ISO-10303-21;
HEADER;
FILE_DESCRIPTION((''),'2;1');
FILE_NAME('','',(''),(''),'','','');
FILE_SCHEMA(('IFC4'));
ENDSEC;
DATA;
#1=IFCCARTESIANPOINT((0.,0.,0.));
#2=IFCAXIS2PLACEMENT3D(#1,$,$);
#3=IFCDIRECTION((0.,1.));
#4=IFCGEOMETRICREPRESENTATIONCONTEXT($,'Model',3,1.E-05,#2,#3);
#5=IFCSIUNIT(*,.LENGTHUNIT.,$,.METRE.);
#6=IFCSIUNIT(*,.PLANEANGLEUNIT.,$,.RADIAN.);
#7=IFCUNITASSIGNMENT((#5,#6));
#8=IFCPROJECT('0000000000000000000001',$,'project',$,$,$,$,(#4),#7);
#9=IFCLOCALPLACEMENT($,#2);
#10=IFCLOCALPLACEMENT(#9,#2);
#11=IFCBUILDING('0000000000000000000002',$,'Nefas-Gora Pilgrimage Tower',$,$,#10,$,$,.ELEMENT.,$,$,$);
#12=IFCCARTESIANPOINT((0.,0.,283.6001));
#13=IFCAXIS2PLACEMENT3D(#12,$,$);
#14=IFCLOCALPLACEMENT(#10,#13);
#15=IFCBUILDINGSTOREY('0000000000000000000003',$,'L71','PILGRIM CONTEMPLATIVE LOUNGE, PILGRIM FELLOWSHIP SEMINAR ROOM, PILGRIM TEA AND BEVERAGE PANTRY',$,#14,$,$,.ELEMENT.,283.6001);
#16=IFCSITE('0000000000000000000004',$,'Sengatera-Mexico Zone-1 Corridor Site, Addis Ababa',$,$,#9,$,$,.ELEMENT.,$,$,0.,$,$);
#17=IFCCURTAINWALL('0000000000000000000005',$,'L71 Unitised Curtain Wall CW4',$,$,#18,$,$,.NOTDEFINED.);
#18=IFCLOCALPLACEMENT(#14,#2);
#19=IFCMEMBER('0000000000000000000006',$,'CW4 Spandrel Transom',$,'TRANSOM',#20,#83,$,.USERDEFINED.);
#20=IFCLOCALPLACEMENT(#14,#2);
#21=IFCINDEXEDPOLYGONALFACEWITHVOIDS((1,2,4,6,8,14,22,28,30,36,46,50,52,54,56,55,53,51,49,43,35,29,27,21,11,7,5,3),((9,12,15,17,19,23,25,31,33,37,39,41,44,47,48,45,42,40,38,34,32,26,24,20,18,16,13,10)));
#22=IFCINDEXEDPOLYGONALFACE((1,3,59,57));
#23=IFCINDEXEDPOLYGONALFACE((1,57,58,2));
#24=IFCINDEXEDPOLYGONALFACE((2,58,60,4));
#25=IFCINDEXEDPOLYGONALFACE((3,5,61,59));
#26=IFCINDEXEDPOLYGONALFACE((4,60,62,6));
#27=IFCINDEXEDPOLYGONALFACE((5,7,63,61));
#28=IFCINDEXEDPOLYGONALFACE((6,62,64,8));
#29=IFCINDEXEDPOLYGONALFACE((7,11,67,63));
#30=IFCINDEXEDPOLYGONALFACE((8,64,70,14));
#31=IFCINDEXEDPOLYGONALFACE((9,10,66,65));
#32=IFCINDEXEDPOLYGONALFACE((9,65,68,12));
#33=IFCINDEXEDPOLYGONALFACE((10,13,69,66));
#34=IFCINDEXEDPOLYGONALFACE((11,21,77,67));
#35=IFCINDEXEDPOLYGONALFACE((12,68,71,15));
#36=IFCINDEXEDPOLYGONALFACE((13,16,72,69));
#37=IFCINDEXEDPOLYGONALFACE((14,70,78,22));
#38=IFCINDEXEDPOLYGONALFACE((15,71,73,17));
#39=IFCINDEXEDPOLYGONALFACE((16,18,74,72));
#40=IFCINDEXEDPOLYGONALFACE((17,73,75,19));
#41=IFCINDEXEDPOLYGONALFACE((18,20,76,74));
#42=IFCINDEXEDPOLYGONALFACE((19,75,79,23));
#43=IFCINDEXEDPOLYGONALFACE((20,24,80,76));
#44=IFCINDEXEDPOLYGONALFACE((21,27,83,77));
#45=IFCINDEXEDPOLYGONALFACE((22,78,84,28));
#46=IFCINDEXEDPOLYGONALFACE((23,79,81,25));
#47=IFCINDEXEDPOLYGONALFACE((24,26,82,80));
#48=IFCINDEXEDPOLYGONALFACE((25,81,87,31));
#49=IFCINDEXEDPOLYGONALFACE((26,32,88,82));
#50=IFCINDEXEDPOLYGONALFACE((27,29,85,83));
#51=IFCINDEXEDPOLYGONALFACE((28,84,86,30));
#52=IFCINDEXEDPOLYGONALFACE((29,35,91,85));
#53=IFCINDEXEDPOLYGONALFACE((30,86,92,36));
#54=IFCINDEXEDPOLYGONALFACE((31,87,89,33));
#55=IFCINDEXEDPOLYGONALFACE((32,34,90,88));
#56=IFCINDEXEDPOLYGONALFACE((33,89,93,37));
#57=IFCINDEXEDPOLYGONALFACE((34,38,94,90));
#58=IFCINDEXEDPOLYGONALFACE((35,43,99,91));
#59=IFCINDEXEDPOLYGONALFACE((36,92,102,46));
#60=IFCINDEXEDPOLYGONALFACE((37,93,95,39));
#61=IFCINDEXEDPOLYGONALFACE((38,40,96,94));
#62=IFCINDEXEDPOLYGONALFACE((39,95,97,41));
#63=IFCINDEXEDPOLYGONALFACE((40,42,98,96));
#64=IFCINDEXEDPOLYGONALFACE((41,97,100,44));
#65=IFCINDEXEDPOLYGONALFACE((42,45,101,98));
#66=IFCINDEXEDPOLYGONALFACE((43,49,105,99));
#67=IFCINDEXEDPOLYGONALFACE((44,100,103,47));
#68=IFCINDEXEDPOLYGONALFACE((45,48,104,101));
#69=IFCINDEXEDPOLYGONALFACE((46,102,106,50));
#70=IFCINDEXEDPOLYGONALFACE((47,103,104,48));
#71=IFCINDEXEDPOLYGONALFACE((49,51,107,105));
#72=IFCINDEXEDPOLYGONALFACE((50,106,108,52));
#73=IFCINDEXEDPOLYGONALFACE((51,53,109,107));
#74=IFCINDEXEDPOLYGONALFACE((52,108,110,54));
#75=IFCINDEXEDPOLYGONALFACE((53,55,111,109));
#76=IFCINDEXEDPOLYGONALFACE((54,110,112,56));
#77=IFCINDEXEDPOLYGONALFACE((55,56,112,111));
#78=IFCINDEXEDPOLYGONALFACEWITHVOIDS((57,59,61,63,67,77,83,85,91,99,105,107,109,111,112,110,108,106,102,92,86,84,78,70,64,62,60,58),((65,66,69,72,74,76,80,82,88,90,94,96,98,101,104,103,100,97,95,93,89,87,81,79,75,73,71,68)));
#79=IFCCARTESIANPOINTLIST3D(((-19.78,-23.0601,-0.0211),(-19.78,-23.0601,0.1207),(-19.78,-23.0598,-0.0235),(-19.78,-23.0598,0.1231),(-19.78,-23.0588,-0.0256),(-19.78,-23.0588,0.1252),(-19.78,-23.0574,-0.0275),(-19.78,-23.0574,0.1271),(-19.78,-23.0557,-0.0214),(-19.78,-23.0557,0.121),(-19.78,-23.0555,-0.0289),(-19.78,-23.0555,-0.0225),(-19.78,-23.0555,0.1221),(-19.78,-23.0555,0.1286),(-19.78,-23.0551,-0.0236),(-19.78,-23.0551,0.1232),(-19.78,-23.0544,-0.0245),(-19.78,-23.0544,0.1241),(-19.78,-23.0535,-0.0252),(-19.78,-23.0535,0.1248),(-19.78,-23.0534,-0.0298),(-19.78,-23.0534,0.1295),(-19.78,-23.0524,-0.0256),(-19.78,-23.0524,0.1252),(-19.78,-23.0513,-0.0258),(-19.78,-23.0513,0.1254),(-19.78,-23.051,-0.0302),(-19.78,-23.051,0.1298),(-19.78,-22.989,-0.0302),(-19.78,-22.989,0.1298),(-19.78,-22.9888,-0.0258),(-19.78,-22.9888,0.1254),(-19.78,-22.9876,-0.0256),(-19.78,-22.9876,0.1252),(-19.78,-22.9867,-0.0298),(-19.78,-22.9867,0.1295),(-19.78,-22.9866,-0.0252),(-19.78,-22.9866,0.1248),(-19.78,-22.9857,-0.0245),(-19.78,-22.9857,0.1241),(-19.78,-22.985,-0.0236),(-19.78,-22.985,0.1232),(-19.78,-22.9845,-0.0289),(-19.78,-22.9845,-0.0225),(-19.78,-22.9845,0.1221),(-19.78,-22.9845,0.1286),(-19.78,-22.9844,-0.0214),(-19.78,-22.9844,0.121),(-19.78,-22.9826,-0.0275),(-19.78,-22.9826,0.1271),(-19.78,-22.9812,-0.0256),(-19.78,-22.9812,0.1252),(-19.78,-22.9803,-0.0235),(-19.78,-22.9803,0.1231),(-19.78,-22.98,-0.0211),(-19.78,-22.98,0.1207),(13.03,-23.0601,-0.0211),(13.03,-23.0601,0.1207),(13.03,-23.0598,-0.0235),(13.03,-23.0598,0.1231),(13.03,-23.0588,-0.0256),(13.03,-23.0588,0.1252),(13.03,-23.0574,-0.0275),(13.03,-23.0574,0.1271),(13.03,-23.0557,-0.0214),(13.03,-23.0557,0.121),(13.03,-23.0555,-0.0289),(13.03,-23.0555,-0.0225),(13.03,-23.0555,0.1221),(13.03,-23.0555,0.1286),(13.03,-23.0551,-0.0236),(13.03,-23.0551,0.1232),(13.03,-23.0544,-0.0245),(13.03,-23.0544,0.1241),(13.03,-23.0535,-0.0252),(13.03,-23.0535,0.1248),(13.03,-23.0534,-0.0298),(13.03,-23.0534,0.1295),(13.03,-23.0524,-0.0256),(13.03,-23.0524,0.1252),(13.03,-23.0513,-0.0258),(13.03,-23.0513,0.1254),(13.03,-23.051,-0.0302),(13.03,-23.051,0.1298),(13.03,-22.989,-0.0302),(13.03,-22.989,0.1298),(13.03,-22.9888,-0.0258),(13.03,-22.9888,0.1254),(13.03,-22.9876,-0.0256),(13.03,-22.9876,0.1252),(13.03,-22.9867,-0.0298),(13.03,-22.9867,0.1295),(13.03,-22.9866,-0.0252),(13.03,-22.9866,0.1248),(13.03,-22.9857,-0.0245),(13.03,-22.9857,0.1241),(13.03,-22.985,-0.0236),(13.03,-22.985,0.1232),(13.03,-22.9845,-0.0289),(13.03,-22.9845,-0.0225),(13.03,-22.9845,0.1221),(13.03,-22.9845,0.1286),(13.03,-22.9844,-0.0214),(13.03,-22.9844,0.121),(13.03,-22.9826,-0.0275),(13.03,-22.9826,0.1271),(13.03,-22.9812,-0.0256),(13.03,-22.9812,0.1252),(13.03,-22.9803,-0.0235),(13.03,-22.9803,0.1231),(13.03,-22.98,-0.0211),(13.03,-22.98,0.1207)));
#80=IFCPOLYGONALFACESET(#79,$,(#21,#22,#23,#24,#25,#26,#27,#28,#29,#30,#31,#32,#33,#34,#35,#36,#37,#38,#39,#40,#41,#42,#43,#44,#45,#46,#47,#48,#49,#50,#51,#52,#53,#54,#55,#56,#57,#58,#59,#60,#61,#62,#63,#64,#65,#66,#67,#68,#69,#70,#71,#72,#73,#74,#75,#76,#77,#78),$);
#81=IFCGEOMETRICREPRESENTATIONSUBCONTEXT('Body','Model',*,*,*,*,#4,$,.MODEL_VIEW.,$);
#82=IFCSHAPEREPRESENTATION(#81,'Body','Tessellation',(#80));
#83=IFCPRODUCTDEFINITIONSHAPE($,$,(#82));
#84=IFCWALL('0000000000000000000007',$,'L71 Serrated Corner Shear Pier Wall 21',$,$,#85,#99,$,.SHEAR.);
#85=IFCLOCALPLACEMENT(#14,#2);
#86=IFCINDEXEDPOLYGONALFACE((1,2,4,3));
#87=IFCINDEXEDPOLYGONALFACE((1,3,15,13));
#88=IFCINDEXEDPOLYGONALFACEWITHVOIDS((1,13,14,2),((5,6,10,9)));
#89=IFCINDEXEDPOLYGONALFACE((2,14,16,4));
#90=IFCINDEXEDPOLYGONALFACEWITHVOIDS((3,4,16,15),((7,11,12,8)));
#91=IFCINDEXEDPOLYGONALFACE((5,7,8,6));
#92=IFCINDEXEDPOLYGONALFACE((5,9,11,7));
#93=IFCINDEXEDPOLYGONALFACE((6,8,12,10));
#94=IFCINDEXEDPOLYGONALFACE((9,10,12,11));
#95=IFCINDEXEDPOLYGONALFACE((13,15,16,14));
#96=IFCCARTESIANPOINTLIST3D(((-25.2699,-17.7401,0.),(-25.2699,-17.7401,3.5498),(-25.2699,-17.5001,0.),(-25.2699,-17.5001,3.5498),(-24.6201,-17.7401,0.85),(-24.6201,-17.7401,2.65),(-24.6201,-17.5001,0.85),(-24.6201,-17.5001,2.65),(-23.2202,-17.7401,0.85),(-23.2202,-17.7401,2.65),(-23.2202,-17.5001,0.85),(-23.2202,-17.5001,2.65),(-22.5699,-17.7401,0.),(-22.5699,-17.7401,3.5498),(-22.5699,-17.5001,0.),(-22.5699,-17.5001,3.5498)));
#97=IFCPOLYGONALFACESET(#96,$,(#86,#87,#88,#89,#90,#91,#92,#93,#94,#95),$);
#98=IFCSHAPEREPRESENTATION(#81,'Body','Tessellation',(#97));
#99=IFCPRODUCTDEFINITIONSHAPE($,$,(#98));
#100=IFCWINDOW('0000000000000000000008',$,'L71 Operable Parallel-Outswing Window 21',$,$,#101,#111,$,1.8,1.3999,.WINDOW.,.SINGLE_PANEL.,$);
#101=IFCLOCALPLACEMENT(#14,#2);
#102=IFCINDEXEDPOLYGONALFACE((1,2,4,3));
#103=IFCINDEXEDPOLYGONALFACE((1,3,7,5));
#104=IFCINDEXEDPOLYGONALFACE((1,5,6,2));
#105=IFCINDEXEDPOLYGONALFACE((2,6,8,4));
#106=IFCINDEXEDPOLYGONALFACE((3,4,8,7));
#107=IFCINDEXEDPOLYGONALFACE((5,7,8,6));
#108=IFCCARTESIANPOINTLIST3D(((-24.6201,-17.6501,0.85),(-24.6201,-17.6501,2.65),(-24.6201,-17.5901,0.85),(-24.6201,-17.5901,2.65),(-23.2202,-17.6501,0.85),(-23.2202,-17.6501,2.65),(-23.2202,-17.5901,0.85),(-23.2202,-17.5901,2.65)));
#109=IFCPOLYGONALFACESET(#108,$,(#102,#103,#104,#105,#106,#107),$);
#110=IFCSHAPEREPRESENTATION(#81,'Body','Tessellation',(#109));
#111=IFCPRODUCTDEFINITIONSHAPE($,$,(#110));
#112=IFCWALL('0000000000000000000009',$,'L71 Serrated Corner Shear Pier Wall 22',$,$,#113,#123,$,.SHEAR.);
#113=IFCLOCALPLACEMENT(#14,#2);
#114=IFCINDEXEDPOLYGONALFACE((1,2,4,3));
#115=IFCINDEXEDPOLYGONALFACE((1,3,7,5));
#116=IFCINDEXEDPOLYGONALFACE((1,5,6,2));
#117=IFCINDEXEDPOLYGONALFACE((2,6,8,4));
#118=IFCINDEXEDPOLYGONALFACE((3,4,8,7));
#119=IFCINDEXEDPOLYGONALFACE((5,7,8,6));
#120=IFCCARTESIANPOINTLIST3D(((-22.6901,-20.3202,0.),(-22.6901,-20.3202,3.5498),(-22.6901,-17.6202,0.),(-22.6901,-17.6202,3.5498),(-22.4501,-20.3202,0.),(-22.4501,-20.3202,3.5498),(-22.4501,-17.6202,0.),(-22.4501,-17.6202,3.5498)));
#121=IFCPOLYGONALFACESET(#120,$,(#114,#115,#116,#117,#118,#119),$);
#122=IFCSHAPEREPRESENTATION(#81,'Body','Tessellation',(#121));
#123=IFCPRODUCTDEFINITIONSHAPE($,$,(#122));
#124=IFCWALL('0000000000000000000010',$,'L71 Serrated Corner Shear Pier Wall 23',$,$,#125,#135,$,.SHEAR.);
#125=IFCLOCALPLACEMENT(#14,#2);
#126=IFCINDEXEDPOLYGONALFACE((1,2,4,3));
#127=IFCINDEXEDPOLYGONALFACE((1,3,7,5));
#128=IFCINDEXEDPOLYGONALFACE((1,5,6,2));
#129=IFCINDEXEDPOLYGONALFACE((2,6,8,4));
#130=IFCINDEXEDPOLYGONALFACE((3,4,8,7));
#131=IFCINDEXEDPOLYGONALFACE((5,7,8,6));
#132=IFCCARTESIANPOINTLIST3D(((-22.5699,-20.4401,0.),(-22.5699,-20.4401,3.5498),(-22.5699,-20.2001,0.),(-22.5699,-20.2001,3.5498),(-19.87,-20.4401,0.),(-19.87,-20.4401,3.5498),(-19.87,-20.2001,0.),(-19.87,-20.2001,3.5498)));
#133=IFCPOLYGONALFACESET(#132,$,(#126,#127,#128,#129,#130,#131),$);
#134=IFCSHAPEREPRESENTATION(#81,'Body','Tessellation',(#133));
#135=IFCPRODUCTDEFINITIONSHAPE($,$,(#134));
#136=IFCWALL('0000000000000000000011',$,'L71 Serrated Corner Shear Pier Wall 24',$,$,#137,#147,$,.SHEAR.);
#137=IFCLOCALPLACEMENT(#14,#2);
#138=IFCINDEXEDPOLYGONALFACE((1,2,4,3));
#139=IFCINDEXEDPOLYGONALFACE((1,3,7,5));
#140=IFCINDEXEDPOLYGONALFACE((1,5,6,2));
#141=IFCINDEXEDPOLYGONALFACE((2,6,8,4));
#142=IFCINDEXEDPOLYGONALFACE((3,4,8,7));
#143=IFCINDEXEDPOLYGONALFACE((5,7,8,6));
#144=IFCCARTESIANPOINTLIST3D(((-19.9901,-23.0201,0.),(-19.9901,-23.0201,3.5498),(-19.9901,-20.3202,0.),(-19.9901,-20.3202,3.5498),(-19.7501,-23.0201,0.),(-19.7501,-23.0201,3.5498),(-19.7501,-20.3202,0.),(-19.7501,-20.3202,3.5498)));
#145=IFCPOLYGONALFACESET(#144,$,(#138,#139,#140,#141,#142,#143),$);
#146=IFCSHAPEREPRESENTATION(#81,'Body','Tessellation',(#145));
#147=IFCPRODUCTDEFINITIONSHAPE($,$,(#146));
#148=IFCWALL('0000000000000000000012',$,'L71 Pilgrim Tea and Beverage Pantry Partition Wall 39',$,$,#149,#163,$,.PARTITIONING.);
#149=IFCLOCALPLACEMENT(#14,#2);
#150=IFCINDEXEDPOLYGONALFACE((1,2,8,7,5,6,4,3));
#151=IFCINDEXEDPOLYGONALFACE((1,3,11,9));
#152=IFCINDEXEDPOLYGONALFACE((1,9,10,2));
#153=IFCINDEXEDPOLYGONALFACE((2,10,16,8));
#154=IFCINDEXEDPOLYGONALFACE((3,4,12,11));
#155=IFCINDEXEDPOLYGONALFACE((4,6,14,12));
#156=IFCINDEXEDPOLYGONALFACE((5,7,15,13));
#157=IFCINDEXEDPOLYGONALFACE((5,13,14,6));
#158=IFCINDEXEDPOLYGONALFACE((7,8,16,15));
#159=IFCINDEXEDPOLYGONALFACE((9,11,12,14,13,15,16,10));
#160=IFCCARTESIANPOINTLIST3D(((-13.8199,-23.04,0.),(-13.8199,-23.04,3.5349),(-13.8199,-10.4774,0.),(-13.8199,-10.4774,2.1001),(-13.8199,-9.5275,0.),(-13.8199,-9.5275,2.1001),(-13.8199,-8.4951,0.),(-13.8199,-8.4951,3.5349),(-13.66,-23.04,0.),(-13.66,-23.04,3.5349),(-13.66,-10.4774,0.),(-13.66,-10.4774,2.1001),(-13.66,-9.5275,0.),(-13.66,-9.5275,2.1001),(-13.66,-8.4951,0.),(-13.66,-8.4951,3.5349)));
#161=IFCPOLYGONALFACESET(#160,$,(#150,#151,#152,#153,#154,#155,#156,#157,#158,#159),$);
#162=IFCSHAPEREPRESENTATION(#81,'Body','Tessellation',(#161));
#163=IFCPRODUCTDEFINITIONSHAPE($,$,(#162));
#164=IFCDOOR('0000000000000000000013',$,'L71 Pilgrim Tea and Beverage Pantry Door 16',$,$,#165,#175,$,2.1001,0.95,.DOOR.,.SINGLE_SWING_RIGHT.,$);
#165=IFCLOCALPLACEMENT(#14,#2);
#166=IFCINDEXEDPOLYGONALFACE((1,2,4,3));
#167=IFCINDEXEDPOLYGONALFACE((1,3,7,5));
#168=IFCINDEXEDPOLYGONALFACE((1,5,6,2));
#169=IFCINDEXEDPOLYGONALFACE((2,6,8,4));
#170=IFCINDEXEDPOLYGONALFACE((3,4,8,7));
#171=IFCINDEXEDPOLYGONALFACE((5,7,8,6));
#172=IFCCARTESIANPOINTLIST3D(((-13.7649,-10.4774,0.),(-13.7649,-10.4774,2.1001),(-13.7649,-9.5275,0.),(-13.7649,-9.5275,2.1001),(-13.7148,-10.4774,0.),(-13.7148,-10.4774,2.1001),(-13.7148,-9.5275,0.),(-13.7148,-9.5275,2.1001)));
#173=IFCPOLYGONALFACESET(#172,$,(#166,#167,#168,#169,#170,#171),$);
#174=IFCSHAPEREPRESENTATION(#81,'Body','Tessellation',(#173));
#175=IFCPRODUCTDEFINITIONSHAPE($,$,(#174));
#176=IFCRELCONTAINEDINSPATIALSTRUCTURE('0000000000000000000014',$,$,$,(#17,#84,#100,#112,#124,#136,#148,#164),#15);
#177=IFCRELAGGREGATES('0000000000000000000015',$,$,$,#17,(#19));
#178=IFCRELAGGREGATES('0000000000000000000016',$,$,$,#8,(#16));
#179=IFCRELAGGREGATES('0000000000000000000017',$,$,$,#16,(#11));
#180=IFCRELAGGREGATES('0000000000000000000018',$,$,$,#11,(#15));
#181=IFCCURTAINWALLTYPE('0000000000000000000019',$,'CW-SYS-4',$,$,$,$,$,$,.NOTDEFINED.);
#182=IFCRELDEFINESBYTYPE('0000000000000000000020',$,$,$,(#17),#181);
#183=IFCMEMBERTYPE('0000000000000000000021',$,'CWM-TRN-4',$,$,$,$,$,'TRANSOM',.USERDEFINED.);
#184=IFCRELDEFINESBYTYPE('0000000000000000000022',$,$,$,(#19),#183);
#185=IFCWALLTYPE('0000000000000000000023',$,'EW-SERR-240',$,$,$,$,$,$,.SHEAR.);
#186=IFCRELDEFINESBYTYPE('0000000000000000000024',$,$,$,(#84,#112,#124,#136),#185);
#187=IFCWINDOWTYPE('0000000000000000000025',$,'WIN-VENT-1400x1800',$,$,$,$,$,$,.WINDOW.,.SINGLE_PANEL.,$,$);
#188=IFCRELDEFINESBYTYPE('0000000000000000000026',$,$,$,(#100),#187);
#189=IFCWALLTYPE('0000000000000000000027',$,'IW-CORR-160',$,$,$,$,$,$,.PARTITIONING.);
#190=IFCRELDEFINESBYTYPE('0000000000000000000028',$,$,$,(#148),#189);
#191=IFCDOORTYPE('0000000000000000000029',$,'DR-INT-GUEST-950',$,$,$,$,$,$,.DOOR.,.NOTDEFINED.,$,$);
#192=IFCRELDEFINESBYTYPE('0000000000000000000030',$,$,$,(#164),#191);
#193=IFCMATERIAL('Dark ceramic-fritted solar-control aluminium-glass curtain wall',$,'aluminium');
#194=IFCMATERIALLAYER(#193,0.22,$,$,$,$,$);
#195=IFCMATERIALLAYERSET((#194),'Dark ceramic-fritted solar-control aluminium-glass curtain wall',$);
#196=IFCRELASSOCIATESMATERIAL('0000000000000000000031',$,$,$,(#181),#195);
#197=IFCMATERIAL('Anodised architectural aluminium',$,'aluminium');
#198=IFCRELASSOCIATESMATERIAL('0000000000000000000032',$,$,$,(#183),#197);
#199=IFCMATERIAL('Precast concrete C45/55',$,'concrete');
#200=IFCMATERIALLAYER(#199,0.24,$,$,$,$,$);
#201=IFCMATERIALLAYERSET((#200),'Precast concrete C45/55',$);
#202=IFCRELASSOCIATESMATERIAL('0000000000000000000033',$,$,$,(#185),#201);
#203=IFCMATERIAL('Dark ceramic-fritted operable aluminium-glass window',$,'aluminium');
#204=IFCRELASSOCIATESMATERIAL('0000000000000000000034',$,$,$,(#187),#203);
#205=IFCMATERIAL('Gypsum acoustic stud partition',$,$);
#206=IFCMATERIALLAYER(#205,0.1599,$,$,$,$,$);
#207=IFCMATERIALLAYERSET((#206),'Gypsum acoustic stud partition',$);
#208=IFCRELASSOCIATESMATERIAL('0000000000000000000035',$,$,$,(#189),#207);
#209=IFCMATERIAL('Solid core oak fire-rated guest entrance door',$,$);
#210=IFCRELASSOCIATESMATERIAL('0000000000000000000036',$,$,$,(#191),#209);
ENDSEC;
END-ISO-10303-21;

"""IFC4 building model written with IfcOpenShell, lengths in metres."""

from ifc_helpers import new_model, si_unit, direction, frame, frame_2d, origin, origin_2d, place, context, subcontext, project, spatial, rectangle, hollow_rectangle, extrude, source, transform, mapped, material, layer, layer_set, material_profile, profile_set, type_object, element, fill, aggregate, save


model = new_model("IFC4")

# Units and contexts
model_context = context("Model", 3, precision=1e-05, world=origin(), true_north=direction((0.0, 1.0)))
body_context = subcontext(model_context, "Body", "Model", "MODEL_VIEW")
ifc_project = project(units=[si_unit("LENGTHUNIT", "METRE"), si_unit("PLANEANGLEUNIT", "RADIAN")], contexts=[model_context])

# Site, building, storey
site_placement = place(None, origin())
site = spatial("IfcSite", under=ifc_project, at=site_placement, Name="Sengatera-Mexico Zone-1 Corridor Site, Addis Ababa", CompositionType="ELEMENT", RefElevation=0.0)
building_placement = place(site_placement, origin())
building = spatial("IfcBuilding", under=site, at=building_placement, Name="Nefas-Gora Pilgrimage Tower", CompositionType="ELEMENT")
storey_placement = place(building_placement, frame((0.0, 0.0, 283.6001)))
storey = spatial("IfcBuildingStorey", under=building, at=storey_placement, Name="L71", Description="PILGRIM CONTEMPLATIVE LOUNGE, PILGRIM FELLOWSHIP SEMINAR ROOM, PILGRIM TEA AND BEVERAGE PANTRY", CompositionType="ELEMENT", Elevation=283.6001)

# Shared definitions
ifc_material_1 = material(Name="Dark ceramic-fritted solar-control aluminium-glass curtain wall", Category="aluminium")
ifc_layer_1 = layer(ifc_material_1, 0.22)
ifc_layer_set_1 = layer_set([ifc_layer_1], Name="Dark ceramic-fritted solar-control aluminium-glass curtain wall")
curtain_wall_type = type_object("IfcCurtainWallType", Name="CW-SYS-4", PredefinedType="NOTDEFINED", material=ifc_layer_set_1)
ifc_material_2 = material(Name="Anodised architectural aluminium", Category="aluminium")

# Curtain wall, member
curtain_wall_1_placement = place(storey_placement, origin())
curtain_wall_1 = element("IfcCurtainWall", 1, at=curtain_wall_1_placement, inside=storey, type_object=curtain_wall_type, Name="L71 Unitised Curtain Wall CW4", PredefinedType="NOTDEFINED")
ifc_material_profile_1 = material_profile(ifc_material_2, hollow_rectangle(XDim=0.0801, YDim=0.1599, WallThickness=0.0044, InnerFilletRadius=0.0044, OuterFilletRadius=0.009, at=origin_2d()), Name="ALU TRANSOM 80x160")
ifc_profile_set_1 = profile_set([ifc_material_profile_1], Name="Anodised architectural aluminium")
member_type_1 = type_object("IfcMemberType", Name="CWM-TRN-4", ElementType="TRANSOM", PredefinedType="USERDEFINED", material=ifc_profile_set_1)
shared_shape_1 = source(origin(), body_context, "Body", "SweptSolid", [
    extrude(hollow_rectangle(XDim=0.0801, YDim=0.1599, WallThickness=0.0044, InnerFilletRadius=0.0044, OuterFilletRadius=0.009, at=origin_2d()), origin(), (0.0, 0.0, 1.0), 32.8101),
])
member_1_placement = place(storey_placement, frame((-19.78, -23.02, 0.0498), z_axis=(1.0, 0.0, 0.0), x_axis=(0.0, 1.0, 0.0)))
member_1 = element("IfcMember", 2, at=member_1_placement, type_object=member_type_1, Name="CW4 Spandrel Transom", ObjectType="TRANSOM", PredefinedType="USERDEFINED", context=body_context, shape_type="MappedRepresentation", body=[
    mapped(shared_shape_1, transform((0.0, 0.0, 0.0), x_axis=(1.0, 0.0, 0.0), y_axis=(0.0, 1.0, 0.0), z_axis=(0.0, 0.0, 1.0), scale=1.0)),
])
aggregate(curtain_wall_1, [member_1])

# Wall, opening, window
ifc_material_3 = material(Name="Precast concrete C45/55", Category="concrete")
ifc_layer_2 = layer(ifc_material_3, 0.24)
ifc_layer_set_2 = layer_set([ifc_layer_2], Name="Precast concrete C45/55")
wall_type_1 = type_object("IfcWallType", Name="EW-SERR-240", PredefinedType="SHEAR", material=ifc_layer_set_2)
shared_shape_2 = source(origin(), body_context, "Body", "SweptSolid", [
    extrude(rectangle(XDim=2.7, YDim=0.24, at=frame_2d((1.3501, 0.0))), origin(), (0.0, 0.0, 1.0), 3.5498),
])
wall_1_placement = place(storey_placement, frame((-25.27, -17.6201, 0.0), z_axis=(0.0, 0.0, 1.0), x_axis=(1.0, 0.0, 0.0)))
wall_1 = element("IfcWall", 3, at=wall_1_placement, inside=storey, type_object=wall_type_1, Name="L71 Serrated Corner Shear Pier Wall 21", PredefinedType="SHEAR", context=body_context, shape_type="MappedRepresentation", body=[
    mapped(shared_shape_2, transform((0.0, 0.0, 0.0), x_axis=(1.0, 0.0, 0.0), y_axis=(0.0, 1.0, 0.0), z_axis=(0.0, 0.0, 1.0), scale=1.0)),
])
opening_1_placement = place(wall_1_placement, frame((0.6499, 0.0, 0.8501)))
opening_1 = element("IfcOpeningElement", 4, at=opening_1_placement, cuts=wall_1, PredefinedType="OPENING", context=body_context, shape_type="SweptSolid", body=[
    extrude(rectangle(XDim=1.3999, YDim=1.8, at=frame_2d((0.7, 0.8999))), frame((0.0, 0.1299, 0.0), z_axis=(0.0, -1.0, 0.0), x_axis=(1.0, 0.0, 0.0)), (0.0, 0.0, 1.0), 0.26),
])
ifc_material_4 = material(Name="Dark ceramic-fritted operable aluminium-glass window", Category="aluminium")
window_type = type_object("IfcWindowType", Name="WIN-VENT-1400x1800", PartitioningType="SINGLE_PANEL", PredefinedType="WINDOW", material=ifc_material_4)
shared_shape_3 = source(origin(), body_context, "Body", "SweptSolid", [
    extrude(rectangle(XDim=1.3999, YDim=1.8, at=frame_2d((0.7, 0.8999))), frame((0.0, 0.03, 0.0), z_axis=(0.0, -1.0, 0.0), x_axis=(1.0, 0.0, 0.0)), (0.0, 0.0, 1.0), 0.0601),
])
window_placement = place(opening_1_placement, origin())
window = element("IfcWindow", 5, at=window_placement, inside=storey, type_object=window_type, Name="L71 Operable Parallel-Outswing Window 21", OverallHeight=1.8, OverallWidth=1.3999, PartitioningType="SINGLE_PANEL", PredefinedType="WINDOW", context=body_context, shape_type="MappedRepresentation", body=[
    mapped(shared_shape_3, transform((0.0, 0.0, 0.0), x_axis=(1.0, 0.0, 0.0), y_axis=(0.0, 1.0, 0.0), z_axis=(0.0, 0.0, 1.0), scale=1.0)),
])
fill(opening_1, window)

# Walls
for number, where, z_axis, x_axis, name in (
    (6, (-22.5701, -17.6201, 0.0), (0.0, 0.0, 1.0), (0.0, -1.0, 0.0), "L71 Serrated Corner Shear Pier Wall 22"),
    (7, (-22.5701, -20.3201, 0.0), (0.0, 0.0, 1.0), (1.0, 0.0, 0.0), "L71 Serrated Corner Shear Pier Wall 23"),
    (8, (-19.8701, -20.3201, 0.0), (0.0, 0.0, 1.0), (0.0, -1.0, 0.0), "L71 Serrated Corner Shear Pier Wall 24"),
):
    element("IfcWall", number, at=place(storey_placement, frame(where, z_axis=z_axis, x_axis=x_axis)), inside=storey, type_object=wall_type_1, Name=name, PredefinedType="SHEAR", context=body_context, shape_type="MappedRepresentation", body=[
        mapped(shared_shape_2, transform((0.0, 0.0, 0.0), x_axis=(1.0, 0.0, 0.0), y_axis=(0.0, 1.0, 0.0), z_axis=(0.0, 0.0, 1.0), scale=1.0)),
    ])

# Wall, opening, door
ifc_material_5 = material(Name="Gypsum acoustic stud partition")
ifc_layer_3 = layer(ifc_material_5, 0.1599)
ifc_layer_set_3 = layer_set([ifc_layer_3], Name="Gypsum acoustic stud partition")
wall_type_2 = type_object("IfcWallType", Name="IW-CORR-160", PredefinedType="PARTITIONING", material=ifc_layer_set_3)
shared_shape_4 = source(origin(), body_context, "Body", "SweptSolid", [
    extrude(rectangle(XDim=14.5449, YDim=0.1599, at=frame_2d((7.2725, 0.0))), origin(), (0.0, 0.0, 1.0), 3.5349),
])
wall_2_placement = place(storey_placement, frame((-13.74, -23.04, 0.0), z_axis=(0.0, 0.0, 1.0), x_axis=(0.0, 1.0, 0.0)))
wall_2 = element("IfcWall", 9, at=wall_2_placement, inside=storey, type_object=wall_type_2, Name="L71 Pilgrim Tea and Beverage Pantry Partition Wall 39", PredefinedType="PARTITIONING", context=body_context, shape_type="MappedRepresentation", body=[
    mapped(shared_shape_4, transform((0.0, 0.0, 0.0), x_axis=(1.0, 0.0, 0.0), y_axis=(0.0, 1.0, 0.0), z_axis=(0.0, 0.0, 1.0), scale=1.0)),
])
opening_2_placement = place(wall_2_placement, frame((12.5625, 0.0, 0.0)))
opening_2 = element("IfcOpeningElement", 10, at=opening_2_placement, cuts=wall_2, PredefinedType="OPENING", context=body_context, shape_type="SweptSolid", body=[
    extrude(rectangle(XDim=0.95, YDim=2.1001, at=frame_2d((0.4751, 1.05))), frame((0.0, 0.0898, 0.0), z_axis=(0.0, -1.0, 0.0), x_axis=(1.0, 0.0, 0.0)), (0.0, 0.0, 1.0), 0.1799),
])
ifc_material_6 = material(Name="Solid core oak fire-rated guest entrance door")
door_type = type_object("IfcDoorType", Name="DR-INT-GUEST-950", OperationType="NOTDEFINED", PredefinedType="DOOR", material=ifc_material_6)
shared_shape_5 = source(origin(), body_context, "Body", "SweptSolid", [
    extrude(rectangle(XDim=0.95, YDim=2.1001, at=frame_2d((0.4751, 1.05))), frame((0.0, 0.0249, 0.0), z_axis=(0.0, -1.0, 0.0), x_axis=(1.0, 0.0, 0.0)), (0.0, 0.0, 1.0), 0.05),
])
door_1_placement = place(opening_2_placement, origin())
door_1 = element("IfcDoor", 11, at=door_1_placement, inside=storey, type_object=door_type, Name="L71 Pilgrim Tea and Beverage Pantry Door 16", OperationType="SINGLE_SWING_RIGHT", OverallHeight=2.1001, OverallWidth=0.95, PredefinedType="DOOR", context=body_context, shape_type="MappedRepresentation", body=[
    mapped(shared_shape_5, transform((0.0, 0.0, 0.0), x_axis=(1.0, 0.0, 0.0), y_axis=(0.0, 1.0, 0.0), z_axis=(0.0, 0.0, 1.0), scale=1.0)),
])
fill(opening_2, door_1)

save(model, "model.ifc")
